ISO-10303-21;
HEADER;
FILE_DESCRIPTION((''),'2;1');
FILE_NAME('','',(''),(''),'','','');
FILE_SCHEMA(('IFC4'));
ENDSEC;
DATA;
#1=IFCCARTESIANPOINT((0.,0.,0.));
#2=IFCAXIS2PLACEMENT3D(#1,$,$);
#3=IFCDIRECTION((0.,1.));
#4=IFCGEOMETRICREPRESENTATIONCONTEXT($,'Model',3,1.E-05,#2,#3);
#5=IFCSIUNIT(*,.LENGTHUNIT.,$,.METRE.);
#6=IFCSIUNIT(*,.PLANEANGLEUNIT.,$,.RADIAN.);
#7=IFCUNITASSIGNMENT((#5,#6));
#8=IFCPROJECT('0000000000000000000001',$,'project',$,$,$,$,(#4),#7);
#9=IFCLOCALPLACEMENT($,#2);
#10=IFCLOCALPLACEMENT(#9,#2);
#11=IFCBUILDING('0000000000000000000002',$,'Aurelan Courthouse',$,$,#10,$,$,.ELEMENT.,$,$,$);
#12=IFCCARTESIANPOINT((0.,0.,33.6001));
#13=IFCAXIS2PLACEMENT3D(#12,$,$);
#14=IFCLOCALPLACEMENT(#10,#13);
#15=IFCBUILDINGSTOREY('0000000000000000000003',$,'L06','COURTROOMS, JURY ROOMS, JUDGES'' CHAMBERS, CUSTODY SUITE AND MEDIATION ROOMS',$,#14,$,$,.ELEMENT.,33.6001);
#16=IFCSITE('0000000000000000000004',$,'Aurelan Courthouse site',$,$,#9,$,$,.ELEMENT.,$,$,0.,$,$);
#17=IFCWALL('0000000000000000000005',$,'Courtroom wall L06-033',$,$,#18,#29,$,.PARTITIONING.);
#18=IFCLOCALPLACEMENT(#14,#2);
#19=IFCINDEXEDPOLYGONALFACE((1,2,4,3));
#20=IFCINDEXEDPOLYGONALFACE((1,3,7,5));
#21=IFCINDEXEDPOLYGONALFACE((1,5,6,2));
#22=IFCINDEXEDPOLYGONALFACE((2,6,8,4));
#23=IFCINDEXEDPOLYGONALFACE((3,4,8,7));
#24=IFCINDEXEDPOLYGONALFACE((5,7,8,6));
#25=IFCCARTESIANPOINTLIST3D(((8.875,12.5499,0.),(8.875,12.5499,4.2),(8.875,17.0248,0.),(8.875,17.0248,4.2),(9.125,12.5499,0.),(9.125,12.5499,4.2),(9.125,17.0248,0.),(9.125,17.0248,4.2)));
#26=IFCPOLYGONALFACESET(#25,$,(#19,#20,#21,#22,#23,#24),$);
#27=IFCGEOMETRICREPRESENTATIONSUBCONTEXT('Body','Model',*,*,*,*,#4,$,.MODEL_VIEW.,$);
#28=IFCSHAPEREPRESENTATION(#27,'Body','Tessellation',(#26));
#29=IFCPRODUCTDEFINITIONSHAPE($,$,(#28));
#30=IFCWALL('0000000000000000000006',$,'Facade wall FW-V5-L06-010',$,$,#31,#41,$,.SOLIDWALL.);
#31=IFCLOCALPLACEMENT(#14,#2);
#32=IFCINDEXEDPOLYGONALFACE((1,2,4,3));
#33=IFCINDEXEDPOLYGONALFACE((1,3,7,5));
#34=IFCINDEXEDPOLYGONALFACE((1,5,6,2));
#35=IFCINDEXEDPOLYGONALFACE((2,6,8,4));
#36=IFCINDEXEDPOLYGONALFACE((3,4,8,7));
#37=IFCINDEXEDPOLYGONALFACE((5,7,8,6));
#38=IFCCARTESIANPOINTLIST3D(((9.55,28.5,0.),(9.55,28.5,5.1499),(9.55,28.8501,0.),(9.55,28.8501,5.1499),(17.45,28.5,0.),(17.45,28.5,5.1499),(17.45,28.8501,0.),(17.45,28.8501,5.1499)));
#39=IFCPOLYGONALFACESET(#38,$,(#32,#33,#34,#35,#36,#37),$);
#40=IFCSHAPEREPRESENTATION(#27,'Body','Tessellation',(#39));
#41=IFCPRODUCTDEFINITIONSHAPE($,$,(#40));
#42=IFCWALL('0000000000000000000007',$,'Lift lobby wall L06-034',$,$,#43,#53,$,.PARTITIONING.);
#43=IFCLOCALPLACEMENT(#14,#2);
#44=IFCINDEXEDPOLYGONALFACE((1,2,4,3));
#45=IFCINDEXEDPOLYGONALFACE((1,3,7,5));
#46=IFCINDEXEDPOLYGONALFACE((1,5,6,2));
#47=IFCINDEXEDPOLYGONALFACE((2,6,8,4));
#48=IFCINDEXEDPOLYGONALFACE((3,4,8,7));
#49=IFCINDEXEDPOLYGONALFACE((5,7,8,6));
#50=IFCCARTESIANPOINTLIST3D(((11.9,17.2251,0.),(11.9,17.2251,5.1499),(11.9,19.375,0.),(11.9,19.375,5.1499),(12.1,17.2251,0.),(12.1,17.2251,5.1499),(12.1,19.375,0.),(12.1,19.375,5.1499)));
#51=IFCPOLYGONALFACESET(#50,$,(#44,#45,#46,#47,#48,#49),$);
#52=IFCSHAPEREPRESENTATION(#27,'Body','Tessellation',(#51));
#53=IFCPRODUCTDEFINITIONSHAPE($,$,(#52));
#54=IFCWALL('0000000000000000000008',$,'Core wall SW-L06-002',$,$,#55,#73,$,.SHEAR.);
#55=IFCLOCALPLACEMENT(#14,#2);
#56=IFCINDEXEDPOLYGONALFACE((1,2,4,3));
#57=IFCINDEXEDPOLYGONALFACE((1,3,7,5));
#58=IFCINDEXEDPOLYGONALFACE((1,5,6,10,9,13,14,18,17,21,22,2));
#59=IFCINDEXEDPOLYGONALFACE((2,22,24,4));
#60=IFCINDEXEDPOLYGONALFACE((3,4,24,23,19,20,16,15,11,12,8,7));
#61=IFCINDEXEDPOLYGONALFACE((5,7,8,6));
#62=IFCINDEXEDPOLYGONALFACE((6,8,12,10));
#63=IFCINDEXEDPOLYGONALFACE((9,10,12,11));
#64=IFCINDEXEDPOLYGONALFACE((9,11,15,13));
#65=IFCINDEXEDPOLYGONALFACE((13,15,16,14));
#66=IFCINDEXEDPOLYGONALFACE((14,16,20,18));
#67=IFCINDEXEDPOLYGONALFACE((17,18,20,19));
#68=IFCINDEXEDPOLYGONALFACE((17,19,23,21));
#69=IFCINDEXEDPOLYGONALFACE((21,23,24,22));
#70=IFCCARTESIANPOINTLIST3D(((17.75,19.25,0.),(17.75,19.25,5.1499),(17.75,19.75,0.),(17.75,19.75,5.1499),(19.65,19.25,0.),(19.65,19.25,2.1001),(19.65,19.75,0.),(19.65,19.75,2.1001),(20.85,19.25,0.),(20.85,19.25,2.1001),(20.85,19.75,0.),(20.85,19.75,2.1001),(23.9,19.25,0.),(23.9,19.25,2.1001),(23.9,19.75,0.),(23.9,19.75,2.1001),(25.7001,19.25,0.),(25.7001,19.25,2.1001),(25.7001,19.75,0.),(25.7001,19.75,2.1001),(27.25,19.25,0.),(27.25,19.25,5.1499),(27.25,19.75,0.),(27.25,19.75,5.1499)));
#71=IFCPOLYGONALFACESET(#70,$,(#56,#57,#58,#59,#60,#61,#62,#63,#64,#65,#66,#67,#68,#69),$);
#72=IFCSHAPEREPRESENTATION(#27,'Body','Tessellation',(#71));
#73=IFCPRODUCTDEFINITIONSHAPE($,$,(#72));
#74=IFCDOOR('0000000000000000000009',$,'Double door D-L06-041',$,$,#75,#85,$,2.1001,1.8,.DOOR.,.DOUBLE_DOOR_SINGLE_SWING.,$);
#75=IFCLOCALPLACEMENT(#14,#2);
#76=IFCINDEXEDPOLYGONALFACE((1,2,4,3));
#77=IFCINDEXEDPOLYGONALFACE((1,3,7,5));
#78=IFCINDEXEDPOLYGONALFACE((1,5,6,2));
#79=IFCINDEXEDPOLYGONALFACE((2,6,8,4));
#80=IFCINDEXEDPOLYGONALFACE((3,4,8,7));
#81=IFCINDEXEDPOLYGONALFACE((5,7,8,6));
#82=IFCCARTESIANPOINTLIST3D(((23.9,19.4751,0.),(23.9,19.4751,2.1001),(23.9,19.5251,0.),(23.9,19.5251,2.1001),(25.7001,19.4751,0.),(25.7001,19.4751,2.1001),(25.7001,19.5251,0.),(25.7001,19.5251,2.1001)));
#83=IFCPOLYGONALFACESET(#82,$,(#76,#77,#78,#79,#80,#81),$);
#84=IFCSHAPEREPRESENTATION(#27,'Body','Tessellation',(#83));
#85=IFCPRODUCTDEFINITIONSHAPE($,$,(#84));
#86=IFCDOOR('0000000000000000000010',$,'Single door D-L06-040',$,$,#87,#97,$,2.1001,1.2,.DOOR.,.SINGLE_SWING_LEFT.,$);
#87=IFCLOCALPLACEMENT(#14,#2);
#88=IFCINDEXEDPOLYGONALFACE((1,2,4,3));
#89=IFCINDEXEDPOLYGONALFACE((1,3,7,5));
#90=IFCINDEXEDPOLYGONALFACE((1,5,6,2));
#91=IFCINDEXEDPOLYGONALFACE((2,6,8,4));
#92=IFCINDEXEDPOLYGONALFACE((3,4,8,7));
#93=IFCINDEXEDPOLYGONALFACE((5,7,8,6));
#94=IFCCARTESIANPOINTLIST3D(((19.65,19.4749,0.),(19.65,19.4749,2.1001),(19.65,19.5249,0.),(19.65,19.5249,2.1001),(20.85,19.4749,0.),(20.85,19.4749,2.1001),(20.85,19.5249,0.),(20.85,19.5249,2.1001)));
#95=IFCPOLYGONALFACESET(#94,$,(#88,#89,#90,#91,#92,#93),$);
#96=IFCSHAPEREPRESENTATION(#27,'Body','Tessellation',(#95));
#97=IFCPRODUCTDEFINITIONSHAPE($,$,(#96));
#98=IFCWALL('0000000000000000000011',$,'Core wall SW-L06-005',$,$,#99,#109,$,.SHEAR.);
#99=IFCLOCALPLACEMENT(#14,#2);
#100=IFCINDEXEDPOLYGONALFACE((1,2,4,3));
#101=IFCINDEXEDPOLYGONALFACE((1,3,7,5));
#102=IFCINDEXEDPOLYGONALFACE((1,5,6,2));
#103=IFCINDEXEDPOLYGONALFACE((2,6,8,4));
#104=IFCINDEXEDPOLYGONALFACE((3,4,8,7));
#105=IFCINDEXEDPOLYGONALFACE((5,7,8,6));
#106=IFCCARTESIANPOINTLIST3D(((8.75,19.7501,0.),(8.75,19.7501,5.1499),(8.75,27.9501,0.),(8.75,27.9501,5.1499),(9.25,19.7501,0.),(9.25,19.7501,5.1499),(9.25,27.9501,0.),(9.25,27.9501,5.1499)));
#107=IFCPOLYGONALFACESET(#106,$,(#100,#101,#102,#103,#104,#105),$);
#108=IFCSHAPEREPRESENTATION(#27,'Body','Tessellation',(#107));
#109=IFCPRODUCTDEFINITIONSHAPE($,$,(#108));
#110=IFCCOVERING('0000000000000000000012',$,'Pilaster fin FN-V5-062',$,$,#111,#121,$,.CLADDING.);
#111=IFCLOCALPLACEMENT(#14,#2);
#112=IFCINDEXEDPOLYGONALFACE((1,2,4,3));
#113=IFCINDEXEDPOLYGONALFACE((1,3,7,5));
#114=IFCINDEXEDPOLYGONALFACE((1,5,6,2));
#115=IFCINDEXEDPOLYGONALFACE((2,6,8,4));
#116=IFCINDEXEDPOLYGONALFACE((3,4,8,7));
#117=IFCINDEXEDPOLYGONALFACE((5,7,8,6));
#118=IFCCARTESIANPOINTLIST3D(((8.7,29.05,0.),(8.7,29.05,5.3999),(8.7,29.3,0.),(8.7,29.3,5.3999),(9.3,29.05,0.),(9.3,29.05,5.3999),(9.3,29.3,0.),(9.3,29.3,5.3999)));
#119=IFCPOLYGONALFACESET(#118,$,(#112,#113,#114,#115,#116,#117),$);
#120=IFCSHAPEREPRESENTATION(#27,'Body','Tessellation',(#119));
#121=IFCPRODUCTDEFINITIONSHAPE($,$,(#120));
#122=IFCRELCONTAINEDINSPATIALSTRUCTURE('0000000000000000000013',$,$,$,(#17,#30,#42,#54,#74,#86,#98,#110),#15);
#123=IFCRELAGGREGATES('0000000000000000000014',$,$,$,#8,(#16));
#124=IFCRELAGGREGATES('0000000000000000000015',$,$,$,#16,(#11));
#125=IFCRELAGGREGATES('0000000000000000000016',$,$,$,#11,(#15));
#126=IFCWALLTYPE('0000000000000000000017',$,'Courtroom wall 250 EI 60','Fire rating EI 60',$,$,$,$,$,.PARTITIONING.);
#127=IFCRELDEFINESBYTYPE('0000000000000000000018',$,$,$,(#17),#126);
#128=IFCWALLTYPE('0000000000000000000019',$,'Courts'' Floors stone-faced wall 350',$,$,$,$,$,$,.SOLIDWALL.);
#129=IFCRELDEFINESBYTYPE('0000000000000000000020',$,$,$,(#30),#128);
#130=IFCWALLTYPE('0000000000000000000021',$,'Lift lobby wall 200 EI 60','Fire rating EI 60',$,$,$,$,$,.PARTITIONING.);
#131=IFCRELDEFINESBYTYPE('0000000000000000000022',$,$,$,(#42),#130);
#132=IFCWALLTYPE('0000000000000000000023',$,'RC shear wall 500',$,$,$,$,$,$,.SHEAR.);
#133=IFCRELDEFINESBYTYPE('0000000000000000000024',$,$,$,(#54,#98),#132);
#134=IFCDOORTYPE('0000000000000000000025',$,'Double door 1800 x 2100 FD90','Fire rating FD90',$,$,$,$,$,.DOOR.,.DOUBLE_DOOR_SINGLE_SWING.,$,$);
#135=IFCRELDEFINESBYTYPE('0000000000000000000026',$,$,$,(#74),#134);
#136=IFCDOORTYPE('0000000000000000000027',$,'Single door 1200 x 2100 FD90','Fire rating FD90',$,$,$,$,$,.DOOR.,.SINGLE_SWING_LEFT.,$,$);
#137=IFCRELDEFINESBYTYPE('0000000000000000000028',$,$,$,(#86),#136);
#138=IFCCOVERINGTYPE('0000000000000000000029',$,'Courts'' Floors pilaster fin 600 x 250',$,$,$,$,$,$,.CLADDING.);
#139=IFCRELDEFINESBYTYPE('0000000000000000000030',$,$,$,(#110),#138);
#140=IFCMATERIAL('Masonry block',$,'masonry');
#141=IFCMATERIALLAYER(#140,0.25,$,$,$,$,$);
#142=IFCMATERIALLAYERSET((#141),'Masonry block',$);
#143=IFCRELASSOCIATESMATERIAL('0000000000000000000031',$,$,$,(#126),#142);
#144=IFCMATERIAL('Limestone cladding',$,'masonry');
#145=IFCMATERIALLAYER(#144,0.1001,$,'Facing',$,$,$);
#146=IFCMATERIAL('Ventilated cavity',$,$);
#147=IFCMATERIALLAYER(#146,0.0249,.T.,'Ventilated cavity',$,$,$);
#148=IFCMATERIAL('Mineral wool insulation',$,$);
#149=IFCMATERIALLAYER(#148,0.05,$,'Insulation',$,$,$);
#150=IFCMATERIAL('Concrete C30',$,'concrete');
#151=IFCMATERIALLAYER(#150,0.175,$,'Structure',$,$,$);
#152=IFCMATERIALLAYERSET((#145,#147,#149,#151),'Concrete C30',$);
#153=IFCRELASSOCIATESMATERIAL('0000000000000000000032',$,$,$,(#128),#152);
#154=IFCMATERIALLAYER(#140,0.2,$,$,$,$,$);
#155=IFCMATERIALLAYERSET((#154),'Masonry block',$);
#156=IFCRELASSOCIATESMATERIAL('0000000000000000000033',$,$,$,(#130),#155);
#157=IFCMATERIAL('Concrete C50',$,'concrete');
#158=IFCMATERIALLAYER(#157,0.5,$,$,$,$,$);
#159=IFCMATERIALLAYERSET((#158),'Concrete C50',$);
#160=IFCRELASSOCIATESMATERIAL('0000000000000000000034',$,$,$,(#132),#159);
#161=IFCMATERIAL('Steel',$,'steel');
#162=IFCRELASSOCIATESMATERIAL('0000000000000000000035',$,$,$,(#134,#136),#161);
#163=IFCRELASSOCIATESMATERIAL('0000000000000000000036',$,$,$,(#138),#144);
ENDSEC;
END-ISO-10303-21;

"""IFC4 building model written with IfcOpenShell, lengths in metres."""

from ifc_helpers import new_model, si_unit, direction, frame, frame_2d, origin, origin_2d, place, context, subcontext, project, spatial, rectangle, extrude, material, layer, layer_set, type_object, element, fill, save


model = new_model("IFC4")

# Units and contexts
model_context = context("Model", 3, precision=1e-05, world=origin(), true_north=direction((0.0, 1.0)))
body_context = subcontext(model_context, "Body", "Model", "MODEL_VIEW")
ifc_project = project(units=[si_unit("LENGTHUNIT", "METRE"), si_unit("PLANEANGLEUNIT", "RADIAN")], contexts=[model_context])

# Site, building, storey
site_placement = place(None, origin())
site = spatial("IfcSite", under=ifc_project, at=site_placement, Name="Aurelan Courthouse site", CompositionType="ELEMENT", RefElevation=0.0)
building_placement = place(site_placement, origin())
building = spatial("IfcBuilding", under=site, at=building_placement, Name="Aurelan Courthouse", CompositionType="ELEMENT")
storey_placement = place(building_placement, frame((0.0, 0.0, 33.6001)))
storey = spatial("IfcBuildingStorey", under=building, at=storey_placement, Name="L06", Description="COURTROOMS, JURY ROOMS, JUDGES' CHAMBERS, CUSTODY SUITE AND MEDIATION ROOMS", CompositionType="ELEMENT", Elevation=33.6001)

# Shared definitions
ifc_material_1 = material(Name="Concrete C50", Category="concrete")

# Shared definitions
ifc_material_2 = material(Name="Masonry block", Category="masonry")
ifc_layer_1 = layer(ifc_material_2, 0.25)
ifc_layer_set_1 = layer_set([ifc_layer_1], Name="Masonry block")
wall_type_1 = type_object("IfcWallType", Name="Courtroom wall 250 EI 60", Description="Fire rating EI 60", PredefinedType="PARTITIONING", material=ifc_layer_set_1)
ifc_material_3 = material(Name="Steel", Category="steel")

# Walls
wall_1_placement = place(storey_placement, frame((9.0, 12.55, 0.0), z_axis=(0.0, 0.0, 1.0), x_axis=(0.0, 1.0, 0.0)))
element("IfcWall", 1, at=wall_1_placement, inside=storey, type_object=wall_type_1, Name="Courtroom wall L06-033", PredefinedType="PARTITIONING", context=body_context, shape_type="SweptSolid", body=[
    extrude(rectangle(XDim=4.4749, YDim=0.25, at=frame_2d((2.2373, 0.0))), origin(), (0.0, 0.0, 1.0), 4.2),
])
ifc_material_4 = material(Name="Limestone cladding", Category="masonry")
ifc_layer_2 = layer(ifc_material_4, 0.1001, Name="Facing")
ifc_material_5 = material(Name="Ventilated cavity")
ifc_layer_3 = layer(ifc_material_5, 0.0249, ventilated=True, Name="Ventilated cavity")
ifc_material_6 = material(Name="Mineral wool insulation")
ifc_layer_4 = layer(ifc_material_6, 0.05, Name="Insulation")
ifc_material_7 = material(Name="Concrete C30", Category="concrete")
ifc_layer_5 = layer(ifc_material_7, 0.175, Name="Structure")
ifc_layer_set_2 = layer_set([ifc_layer_2, ifc_layer_3, ifc_layer_4, ifc_layer_5], Name="Concrete C30")
wall_type_2 = type_object("IfcWallType", Name="Courts' Floors stone-faced wall 350", PredefinedType="SOLIDWALL", material=ifc_layer_set_2)
wall_2_placement = place(storey_placement, frame((9.55, 28.675, 0.0), z_axis=(0.0, 0.0, 1.0), x_axis=(1.0, 0.0, 0.0)))
element("IfcWall", 2, at=wall_2_placement, inside=storey, type_object=wall_type_2, Name="Facade wall FW-V5-L06-010", PredefinedType="SOLIDWALL", context=body_context, shape_type="SweptSolid", body=[
    extrude(rectangle(XDim=7.8999, YDim=0.3501, at=frame_2d((3.95, 0.0))), origin(), (0.0, 0.0, 1.0), 5.1499),
])
ifc_layer_6 = layer(ifc_material_2, 0.2)
ifc_layer_set_3 = layer_set([ifc_layer_6], Name="Masonry block")
wall_type_3 = type_object("IfcWallType", Name="Lift lobby wall 200 EI 60", Description="Fire rating EI 60", PredefinedType="PARTITIONING", material=ifc_layer_set_3)
wall_3_placement = place(storey_placement, frame((12.0, 17.2251, 0.0), z_axis=(0.0, 0.0, 1.0), x_axis=(0.0, 1.0, 0.0)))
element("IfcWall", 3, at=wall_3_placement, inside=storey, type_object=wall_type_3, Name="Lift lobby wall L06-034", PredefinedType="PARTITIONING", context=body_context, shape_type="SweptSolid", body=[
    extrude(rectangle(XDim=2.1499, YDim=0.2, at=frame_2d((1.075, 0.0))), origin(), (0.0, 0.0, 1.0), 5.1499),
])

# Wall, openings, doors
ifc_layer_7 = layer(ifc_material_1, 0.5)
ifc_layer_set_4 = layer_set([ifc_layer_7], Name="Concrete C50")
wall_type_4 = type_object("IfcWallType", Name="RC shear wall 500", PredefinedType="SHEAR", material=ifc_layer_set_4)
wall_4_placement = place(storey_placement, frame((17.75, 19.5, 0.0), z_axis=(0.0, 0.0, 1.0), x_axis=(1.0, 0.0, 0.0)))
wall_4 = element("IfcWall", 4, at=wall_4_placement, inside=storey, type_object=wall_type_4, Name="Core wall SW-L06-002", PredefinedType="SHEAR", context=body_context, shape_type="SweptSolid", body=[
    extrude(rectangle(XDim=9.5, YDim=0.5, at=frame_2d((4.75, 0.0))), origin(), (0.0, 0.0, 1.0), 5.1499),
])
opening_1_placement = place(wall_4_placement, frame((1.8999, 0.0, 0.0)))
opening_1 = element("IfcOpeningElement", 5, at=opening_1_placement, cuts=wall_4, PredefinedType="OPENING", context=body_context, shape_type="SweptSolid", body=[
    extrude(rectangle(XDim=1.2, YDim=2.1001, at=frame_2d((0.6001, 1.05))), frame((0.0, 0.26, 0.0), z_axis=(0.0, -1.0, 0.0), x_axis=(1.0, 0.0, 0.0)), (0.0, 0.0, 1.0), 0.52),
])
opening_2_placement = place(wall_4_placement, frame((7.95, 0.0, 0.0), z_axis=(0.0, 0.0, 1.0), x_axis=(-1.0, 0.0, 0.0)))
opening_2 = element("IfcOpeningElement", 6, at=opening_2_placement, cuts=wall_4, PredefinedType="OPENING", context=body_context, shape_type="SweptSolid", body=[
    extrude(rectangle(XDim=1.8, YDim=2.1001, at=frame_2d((0.8999, 1.05))), frame((0.0, 0.26, 0.0), z_axis=(0.0, -1.0, 0.0), x_axis=(1.0, 0.0, 0.0)), (0.0, 0.0, 1.0), 0.52),
])
door_type_1 = type_object("IfcDoorType", Name="Double door 1800 x 2100 FD90", Description="Fire rating FD90", OperationType="DOUBLE_DOOR_SINGLE_SWING", PredefinedType="DOOR", material=ifc_material_3)
door_1_placement = place(opening_2_placement, origin())
door_1 = element("IfcDoor", 7, at=door_1_placement, inside=storey, type_object=door_type_1, Name="Double door D-L06-041", OperationType="DOUBLE_DOOR_SINGLE_SWING", OverallHeight=2.1001, OverallWidth=1.8, PredefinedType="DOOR", context=body_context, shape_type="SweptSolid", body=[
    extrude(rectangle(XDim=1.8, YDim=2.1001, at=frame_2d((0.8999, 1.05))), frame((0.0, 0.0249, 0.0), z_axis=(0.0, -1.0, 0.0), x_axis=(1.0, 0.0, 0.0)), (0.0, 0.0, 1.0), 0.05),
])
fill(opening_2, door_1)
door_type_2 = type_object("IfcDoorType", Name="Single door 1200 x 2100 FD90", Description="Fire rating FD90", OperationType="SINGLE_SWING_LEFT", PredefinedType="DOOR", material=ifc_material_3)
door_2_placement = place(opening_1_placement, origin())
door_2 = element("IfcDoor", 8, at=door_2_placement, inside=storey, type_object=door_type_2, Name="Single door D-L06-040", OperationType="SINGLE_SWING_LEFT", OverallHeight=2.1001, OverallWidth=1.2, PredefinedType="DOOR", context=body_context, shape_type="SweptSolid", body=[
    extrude(rectangle(XDim=1.2, YDim=2.1001, at=frame_2d((0.6001, 1.05))), frame((0.0, 0.0249, 0.0), z_axis=(0.0, -1.0, 0.0), x_axis=(1.0, 0.0, 0.0)), (0.0, 0.0, 1.0), 0.05),
])
fill(opening_1, door_2)

# Wall
wall_5_placement = place(storey_placement, frame((9.0, 19.75, 0.0), z_axis=(0.0, 0.0, 1.0), x_axis=(0.0, 1.0, 0.0)))
element("IfcWall", 9, at=wall_5_placement, inside=storey, type_object=wall_type_4, Name="Core wall SW-L06-005", PredefinedType="SHEAR", context=body_context, shape_type="SweptSolid", body=[
    extrude(rectangle(XDim=8.2, YDim=0.5, at=frame_2d((4.1001, 0.0))), origin(), (0.0, 0.0, 1.0), 5.1499),
])

# Covering
covering_type = type_object("IfcCoveringType", Name="Courts' Floors pilaster fin 600 x 250", PredefinedType="CLADDING", material=ifc_material_4)
covering_placement = place(storey_placement, frame((9.0, 29.175, 0.0), z_axis=(0.0, 0.0, 1.0), x_axis=(1.0, 0.0, 0.0)))
element("IfcCovering", 10, at=covering_placement, inside=storey, type_object=covering_type, Name="Pilaster fin FN-V5-062", PredefinedType="CLADDING", context=body_context, shape_type="SweptSolid", body=[
    extrude(rectangle(XDim=0.6001, YDim=0.25, at=origin_2d()), origin(), (0.0, 0.0, 1.0), 5.3999),
])

save(model, "model.ifc")
